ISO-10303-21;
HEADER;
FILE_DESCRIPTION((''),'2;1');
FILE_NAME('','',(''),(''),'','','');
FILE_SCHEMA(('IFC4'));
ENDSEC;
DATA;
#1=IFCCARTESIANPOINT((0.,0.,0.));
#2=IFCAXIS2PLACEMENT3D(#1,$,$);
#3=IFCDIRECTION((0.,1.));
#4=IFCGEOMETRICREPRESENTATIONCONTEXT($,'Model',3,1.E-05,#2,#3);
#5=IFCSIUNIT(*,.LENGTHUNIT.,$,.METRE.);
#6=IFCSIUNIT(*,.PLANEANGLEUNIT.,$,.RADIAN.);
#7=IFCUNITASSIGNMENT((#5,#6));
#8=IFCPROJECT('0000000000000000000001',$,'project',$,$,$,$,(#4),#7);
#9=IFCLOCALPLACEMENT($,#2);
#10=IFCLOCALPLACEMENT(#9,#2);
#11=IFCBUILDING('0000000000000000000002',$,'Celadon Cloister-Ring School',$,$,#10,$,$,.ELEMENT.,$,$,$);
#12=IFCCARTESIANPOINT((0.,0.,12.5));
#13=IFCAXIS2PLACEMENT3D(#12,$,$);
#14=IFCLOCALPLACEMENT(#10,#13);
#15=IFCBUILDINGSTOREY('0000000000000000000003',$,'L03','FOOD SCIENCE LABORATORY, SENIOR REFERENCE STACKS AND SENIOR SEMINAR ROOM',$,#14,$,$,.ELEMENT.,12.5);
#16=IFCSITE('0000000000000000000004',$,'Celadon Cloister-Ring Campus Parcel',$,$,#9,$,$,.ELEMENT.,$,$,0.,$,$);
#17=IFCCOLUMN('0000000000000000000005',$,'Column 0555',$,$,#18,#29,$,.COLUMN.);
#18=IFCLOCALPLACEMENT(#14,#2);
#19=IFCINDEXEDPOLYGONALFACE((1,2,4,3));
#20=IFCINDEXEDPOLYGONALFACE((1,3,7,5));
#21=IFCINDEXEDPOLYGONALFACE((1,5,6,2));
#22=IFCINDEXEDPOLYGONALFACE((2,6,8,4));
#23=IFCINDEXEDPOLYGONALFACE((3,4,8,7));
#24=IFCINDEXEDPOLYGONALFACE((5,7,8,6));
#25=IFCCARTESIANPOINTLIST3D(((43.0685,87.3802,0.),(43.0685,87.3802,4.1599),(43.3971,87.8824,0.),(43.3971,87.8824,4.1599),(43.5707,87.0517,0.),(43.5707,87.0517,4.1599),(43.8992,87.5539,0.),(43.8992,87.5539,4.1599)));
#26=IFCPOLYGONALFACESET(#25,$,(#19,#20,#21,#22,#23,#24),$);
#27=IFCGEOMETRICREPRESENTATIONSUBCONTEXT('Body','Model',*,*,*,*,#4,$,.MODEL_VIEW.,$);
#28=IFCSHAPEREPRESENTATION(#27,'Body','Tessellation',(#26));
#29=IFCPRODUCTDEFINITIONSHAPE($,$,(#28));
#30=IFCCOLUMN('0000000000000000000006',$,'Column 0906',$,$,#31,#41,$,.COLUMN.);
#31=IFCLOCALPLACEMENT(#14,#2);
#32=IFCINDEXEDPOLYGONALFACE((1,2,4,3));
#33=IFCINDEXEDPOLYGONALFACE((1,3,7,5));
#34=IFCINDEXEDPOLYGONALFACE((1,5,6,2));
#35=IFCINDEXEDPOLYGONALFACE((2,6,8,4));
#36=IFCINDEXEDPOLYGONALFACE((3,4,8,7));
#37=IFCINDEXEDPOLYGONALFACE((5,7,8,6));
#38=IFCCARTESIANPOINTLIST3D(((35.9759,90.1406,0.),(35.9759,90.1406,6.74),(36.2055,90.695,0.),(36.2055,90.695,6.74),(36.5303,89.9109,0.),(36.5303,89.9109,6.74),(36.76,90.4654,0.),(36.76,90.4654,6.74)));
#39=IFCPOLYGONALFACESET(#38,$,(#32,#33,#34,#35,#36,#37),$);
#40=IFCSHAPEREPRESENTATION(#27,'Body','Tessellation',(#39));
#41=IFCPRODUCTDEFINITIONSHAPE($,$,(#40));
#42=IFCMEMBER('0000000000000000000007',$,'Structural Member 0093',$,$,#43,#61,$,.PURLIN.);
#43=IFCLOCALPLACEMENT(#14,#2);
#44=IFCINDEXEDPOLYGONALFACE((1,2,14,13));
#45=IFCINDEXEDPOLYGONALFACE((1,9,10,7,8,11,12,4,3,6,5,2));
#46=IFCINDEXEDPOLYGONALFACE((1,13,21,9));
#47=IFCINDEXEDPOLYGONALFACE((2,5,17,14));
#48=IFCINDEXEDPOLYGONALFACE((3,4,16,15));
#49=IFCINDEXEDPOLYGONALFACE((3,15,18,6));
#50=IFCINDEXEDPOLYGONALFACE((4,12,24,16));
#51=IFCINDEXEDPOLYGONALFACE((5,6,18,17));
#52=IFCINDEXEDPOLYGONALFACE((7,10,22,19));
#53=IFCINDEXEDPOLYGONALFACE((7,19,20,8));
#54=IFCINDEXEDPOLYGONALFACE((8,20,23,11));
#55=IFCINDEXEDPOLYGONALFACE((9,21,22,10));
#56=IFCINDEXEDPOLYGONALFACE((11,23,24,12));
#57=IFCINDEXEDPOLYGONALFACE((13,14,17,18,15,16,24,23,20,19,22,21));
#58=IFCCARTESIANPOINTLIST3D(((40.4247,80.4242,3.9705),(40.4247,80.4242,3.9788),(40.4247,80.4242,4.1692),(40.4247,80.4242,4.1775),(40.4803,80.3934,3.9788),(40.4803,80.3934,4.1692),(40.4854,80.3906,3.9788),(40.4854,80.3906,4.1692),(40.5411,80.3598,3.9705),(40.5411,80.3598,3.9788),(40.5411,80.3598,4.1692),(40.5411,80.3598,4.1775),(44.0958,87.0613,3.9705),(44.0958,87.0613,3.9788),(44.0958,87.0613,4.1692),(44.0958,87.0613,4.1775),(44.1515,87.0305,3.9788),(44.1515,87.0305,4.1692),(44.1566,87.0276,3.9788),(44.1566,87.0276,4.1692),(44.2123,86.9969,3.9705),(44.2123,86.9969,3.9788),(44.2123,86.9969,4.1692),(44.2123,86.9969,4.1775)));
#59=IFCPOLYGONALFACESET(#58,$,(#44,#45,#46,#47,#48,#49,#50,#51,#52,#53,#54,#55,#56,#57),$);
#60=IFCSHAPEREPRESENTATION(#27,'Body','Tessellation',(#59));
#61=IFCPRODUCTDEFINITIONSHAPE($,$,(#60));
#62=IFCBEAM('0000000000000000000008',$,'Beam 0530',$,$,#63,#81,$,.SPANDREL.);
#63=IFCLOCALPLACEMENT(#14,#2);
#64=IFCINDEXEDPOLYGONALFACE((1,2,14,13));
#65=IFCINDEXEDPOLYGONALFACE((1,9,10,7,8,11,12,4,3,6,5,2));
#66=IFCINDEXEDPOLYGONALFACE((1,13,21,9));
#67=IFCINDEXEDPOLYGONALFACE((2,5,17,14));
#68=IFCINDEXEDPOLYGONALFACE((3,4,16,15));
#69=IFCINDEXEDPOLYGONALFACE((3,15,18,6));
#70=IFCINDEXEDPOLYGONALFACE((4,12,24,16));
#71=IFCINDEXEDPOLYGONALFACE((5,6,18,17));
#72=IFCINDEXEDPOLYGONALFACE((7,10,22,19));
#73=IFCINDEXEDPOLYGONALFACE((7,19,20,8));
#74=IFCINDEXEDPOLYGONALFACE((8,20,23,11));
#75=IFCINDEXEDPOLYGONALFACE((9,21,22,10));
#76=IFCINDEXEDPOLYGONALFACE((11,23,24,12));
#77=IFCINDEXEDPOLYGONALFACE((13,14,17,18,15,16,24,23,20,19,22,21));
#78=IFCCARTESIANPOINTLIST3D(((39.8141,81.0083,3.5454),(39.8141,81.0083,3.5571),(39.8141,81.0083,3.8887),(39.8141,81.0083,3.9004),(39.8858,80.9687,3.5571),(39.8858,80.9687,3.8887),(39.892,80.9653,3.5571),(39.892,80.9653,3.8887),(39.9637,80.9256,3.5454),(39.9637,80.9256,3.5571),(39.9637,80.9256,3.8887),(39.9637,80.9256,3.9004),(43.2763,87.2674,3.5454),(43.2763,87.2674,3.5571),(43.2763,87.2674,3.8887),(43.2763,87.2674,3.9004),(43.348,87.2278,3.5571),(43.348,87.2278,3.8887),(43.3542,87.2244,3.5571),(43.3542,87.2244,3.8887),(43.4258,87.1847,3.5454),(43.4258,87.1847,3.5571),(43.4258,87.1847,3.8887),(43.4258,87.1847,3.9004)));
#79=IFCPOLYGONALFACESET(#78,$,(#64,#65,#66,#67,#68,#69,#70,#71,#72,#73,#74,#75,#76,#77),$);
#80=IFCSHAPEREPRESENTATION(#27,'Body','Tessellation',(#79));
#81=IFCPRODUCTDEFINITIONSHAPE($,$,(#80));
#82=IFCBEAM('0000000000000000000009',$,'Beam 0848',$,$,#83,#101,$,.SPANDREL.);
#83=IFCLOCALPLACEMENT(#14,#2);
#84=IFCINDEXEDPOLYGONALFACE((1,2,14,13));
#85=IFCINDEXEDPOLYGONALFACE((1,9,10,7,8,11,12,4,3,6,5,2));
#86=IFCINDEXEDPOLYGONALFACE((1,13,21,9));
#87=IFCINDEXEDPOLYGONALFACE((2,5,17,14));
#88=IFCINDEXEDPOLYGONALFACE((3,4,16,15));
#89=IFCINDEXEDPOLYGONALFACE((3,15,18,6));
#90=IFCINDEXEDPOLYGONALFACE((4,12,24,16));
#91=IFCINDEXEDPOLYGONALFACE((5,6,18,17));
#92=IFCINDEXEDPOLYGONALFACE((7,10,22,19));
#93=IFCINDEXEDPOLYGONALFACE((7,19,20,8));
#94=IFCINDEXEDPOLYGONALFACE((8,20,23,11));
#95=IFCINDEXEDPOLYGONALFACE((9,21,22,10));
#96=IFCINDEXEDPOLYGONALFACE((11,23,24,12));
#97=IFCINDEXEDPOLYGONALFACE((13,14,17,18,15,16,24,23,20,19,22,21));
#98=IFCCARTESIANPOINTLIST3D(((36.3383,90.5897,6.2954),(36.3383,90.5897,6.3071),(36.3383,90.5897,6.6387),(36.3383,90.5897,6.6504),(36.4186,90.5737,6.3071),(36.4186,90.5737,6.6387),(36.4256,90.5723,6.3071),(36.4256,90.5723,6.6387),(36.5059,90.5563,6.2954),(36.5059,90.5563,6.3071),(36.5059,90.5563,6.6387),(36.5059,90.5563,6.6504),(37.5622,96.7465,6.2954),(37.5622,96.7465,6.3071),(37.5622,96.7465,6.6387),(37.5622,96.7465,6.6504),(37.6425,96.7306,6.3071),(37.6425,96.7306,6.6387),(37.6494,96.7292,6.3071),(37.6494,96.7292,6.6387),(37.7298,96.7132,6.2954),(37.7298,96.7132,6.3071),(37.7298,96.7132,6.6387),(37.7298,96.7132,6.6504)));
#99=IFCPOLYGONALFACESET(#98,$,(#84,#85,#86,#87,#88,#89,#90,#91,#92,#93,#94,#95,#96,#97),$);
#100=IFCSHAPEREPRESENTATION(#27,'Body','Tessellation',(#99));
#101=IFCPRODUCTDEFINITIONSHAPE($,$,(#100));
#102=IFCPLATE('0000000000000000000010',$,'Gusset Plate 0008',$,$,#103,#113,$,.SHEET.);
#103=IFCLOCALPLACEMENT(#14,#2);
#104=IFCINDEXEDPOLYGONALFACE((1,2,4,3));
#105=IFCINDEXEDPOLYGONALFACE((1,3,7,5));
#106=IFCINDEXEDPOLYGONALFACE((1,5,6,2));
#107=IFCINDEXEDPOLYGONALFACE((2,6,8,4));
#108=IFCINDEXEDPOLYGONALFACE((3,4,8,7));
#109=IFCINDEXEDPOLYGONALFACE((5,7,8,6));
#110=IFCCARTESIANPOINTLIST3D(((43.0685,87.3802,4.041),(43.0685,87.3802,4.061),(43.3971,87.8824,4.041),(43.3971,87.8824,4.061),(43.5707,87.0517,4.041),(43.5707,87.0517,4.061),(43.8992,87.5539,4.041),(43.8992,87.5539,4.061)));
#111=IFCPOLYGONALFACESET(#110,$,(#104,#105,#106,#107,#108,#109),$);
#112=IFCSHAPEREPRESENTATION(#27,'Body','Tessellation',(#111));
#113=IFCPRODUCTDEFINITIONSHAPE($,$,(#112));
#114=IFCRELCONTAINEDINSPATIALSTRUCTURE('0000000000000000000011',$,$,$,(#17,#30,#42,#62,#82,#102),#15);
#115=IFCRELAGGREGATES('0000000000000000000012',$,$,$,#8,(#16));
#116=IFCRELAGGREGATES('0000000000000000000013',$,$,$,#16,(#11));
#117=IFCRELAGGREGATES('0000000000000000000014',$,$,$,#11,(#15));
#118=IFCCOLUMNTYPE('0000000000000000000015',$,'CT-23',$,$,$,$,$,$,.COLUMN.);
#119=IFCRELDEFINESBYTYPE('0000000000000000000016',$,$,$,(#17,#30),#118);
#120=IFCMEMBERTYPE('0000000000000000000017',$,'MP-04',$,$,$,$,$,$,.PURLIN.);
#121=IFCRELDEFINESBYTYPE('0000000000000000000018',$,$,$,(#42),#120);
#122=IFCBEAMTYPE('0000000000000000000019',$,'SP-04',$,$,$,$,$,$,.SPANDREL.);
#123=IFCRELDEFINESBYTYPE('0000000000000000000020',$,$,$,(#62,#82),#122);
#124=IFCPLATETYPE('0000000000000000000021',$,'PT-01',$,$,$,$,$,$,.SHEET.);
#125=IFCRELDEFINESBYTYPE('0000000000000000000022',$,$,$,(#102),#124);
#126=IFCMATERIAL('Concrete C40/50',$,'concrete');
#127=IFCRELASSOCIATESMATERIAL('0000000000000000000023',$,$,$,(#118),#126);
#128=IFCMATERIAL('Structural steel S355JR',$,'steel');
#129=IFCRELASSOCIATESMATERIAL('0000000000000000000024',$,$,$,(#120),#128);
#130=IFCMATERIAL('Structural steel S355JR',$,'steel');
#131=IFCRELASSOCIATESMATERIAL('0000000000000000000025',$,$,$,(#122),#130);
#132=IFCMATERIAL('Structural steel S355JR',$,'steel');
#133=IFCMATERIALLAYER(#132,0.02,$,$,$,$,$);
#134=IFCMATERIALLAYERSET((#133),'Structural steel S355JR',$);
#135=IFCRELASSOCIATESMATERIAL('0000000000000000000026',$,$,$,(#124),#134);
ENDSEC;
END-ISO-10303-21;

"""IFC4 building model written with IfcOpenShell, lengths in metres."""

from ifc_helpers import new_model, si_unit, direction, frame, origin, origin_2d, place, context, subcontext, project, spatial, rectangle, i_section, extrude, material, layer, layer_set, material_profile, profile_set, type_object, element, save


model = new_model("IFC4")

# Units and contexts
model_context = context("Model", 3, precision=1e-05, world=origin(), true_north=direction((0.0, 1.0)))
body_context = subcontext(model_context, "Body", "Model", "MODEL_VIEW")
ifc_project = project(units=[si_unit("LENGTHUNIT", "METRE"), si_unit("PLANEANGLEUNIT", "RADIAN")], contexts=[model_context])

# Site, building, storey
site_placement = place(None, origin())
site = spatial("IfcSite", under=ifc_project, at=site_placement, Name="Celadon Cloister-Ring Campus Parcel", CompositionType="ELEMENT", RefElevation=0.0)
building_placement = place(site_placement, origin())
building = spatial("IfcBuilding", under=site, at=building_placement, Name="Celadon Cloister-Ring School", CompositionType="ELEMENT")
storey_placement = place(building_placement, frame((0.0, 0.0, 12.5)))
storey = spatial("IfcBuildingStorey", under=building, at=storey_placement, Name="L03", Description="FOOD SCIENCE LABORATORY, SENIOR REFERENCE STACKS AND SENIOR SEMINAR ROOM", CompositionType="ELEMENT", Elevation=12.5)

# Columns
ifc_material_1 = material(Name="Concrete C40/50", Category="concrete")
ifc_material_profile_1 = material_profile(ifc_material_1, rectangle(XDim=0.6001, YDim=0.6001, at=origin_2d()), Name="RC600X600")
ifc_profile_set_1 = profile_set([ifc_material_profile_1], Name="Concrete C40/50")
column_type = type_object("IfcColumnType", Name="CT-23", PredefinedType="COLUMN", material=ifc_profile_set_1)
column_1_placement = place(storey_placement, frame((43.4839, 87.467, 0.0), z_axis=(0.0, 0.0, 1.0), x_axis=(-0.836841, 0.547446, 0.0)))
element("IfcColumn", 1, at=column_1_placement, inside=storey, type_object=column_type, Name="Column 0555", PredefinedType="COLUMN", context=body_context, shape_type="SweptSolid", body=[
    extrude(rectangle(XDim=0.6001, YDim=0.6001, at=origin_2d()), origin(), (0.0, 0.0, 1.0), 4.1599),
])
column_2_placement = place(storey_placement, frame((36.3679, 90.303, 0.0), z_axis=(0.0, 0.0, 1.0), x_axis=(0.92388, -0.382683, 0.0)))
element("IfcColumn", 2, at=column_2_placement, inside=storey, type_object=column_type, Name="Column 0906", PredefinedType="COLUMN", context=body_context, shape_type="SweptSolid", body=[
    extrude(rectangle(XDim=0.6001, YDim=0.6001, at=origin_2d()), origin(), (0.0, 0.0, 1.0), 6.74),
])

# Member
ifc_material_2 = material(Name="Structural steel S355JR", Category="steel")
ifc_material_profile_2 = material_profile(ifc_material_2, i_section(OverallWidth=0.1331, OverallDepth=0.207, WebThickness=0.0059, FlangeThickness=0.0083, at=origin_2d()), Name="W200X27")
ifc_profile_set_2 = profile_set([ifc_material_profile_2], Name="Structural steel S355JR")
member_type = type_object("IfcMemberType", Name="MP-04", PredefinedType="PURLIN", material=ifc_profile_set_2)
member_placement = place(storey_placement, frame((44.1541, 87.0291, 4.074), z_axis=(-0.484024, -0.875055, 0.0), x_axis=(0.875055, -0.484024, 0.0)))
element("IfcMember", 3, at=member_placement, inside=storey, type_object=member_type, Name="Structural Member 0093", PredefinedType="PURLIN", context=body_context, shape_type="SweptSolid", body=[
    extrude(i_section(OverallWidth=0.1331, OverallDepth=0.207, WebThickness=0.0059, FlangeThickness=0.0083, at=origin_2d()), origin(), (0.0, 0.0, 1.0), 7.5847),
])

# Beams
ifc_material_3 = material(Name="Structural steel S355JR", Category="steel")
ifc_material_profile_3 = material_profile(ifc_material_3, i_section(OverallWidth=0.1709, OverallDepth=0.355, WebThickness=0.0071, FlangeThickness=0.0117, at=origin_2d()), Name="W360X51")
ifc_profile_set_3 = profile_set([ifc_material_profile_3], Name="Structural steel S355JR")
beam_type = type_object("IfcBeamType", Name="SP-04", PredefinedType="SPANDREL", material=ifc_profile_set_3)
beam_1_placement = place(storey_placement, frame((43.3511, 87.2261, 3.7229), z_axis=(-0.484031, -0.875051, 0.0), x_axis=(0.875051, -0.484031, 0.0)))
element("IfcBeam", 4, at=beam_1_placement, inside=storey, type_object=beam_type, Name="Beam 0530", PredefinedType="SPANDREL", context=body_context, shape_type="SweptSolid", body=[
    extrude(i_section(OverallWidth=0.1709, OverallDepth=0.355, WebThickness=0.0071, FlangeThickness=0.0117, at=origin_2d()), origin(), (0.0, 0.0, 1.0), 7.1528),
])
beam_2_placement = place(storey_placement, frame((36.4221, 90.573, 6.4729), z_axis=(0.194964, 0.98081, 0.0), x_axis=(-0.98081, 0.194964, 0.0)))
element("IfcBeam", 5, at=beam_2_placement, inside=storey, type_object=beam_type, Name="Beam 0848", PredefinedType="SPANDREL", context=body_context, shape_type="SweptSolid", body=[
    extrude(i_section(OverallWidth=0.1709, OverallDepth=0.355, WebThickness=0.0071, FlangeThickness=0.0117, at=origin_2d()), origin(), (0.0, 0.0, 1.0), 6.2773),
])

# Plate
ifc_material_4 = material(Name="Structural steel S355JR", Category="steel")
ifc_layer_1 = layer(ifc_material_4, 0.02)
ifc_layer_set_1 = layer_set([ifc_layer_1], Name="Structural steel S355JR")
plate_type = type_object("IfcPlateType", Name="PT-01", PredefinedType="SHEET", material=ifc_layer_set_1)
plate_placement = place(storey_placement, frame((43.4839, 87.467, 4.041), z_axis=(0.0, 0.0, 1.0), x_axis=(-0.836841, 0.547446, 0.0)))
element("IfcPlate", 6, at=plate_placement, inside=storey, type_object=plate_type, Name="Gusset Plate 0008", PredefinedType="SHEET", context=body_context, shape_type="SweptSolid", body=[
    extrude(rectangle(XDim=0.6001, YDim=0.6001, at=origin_2d()), origin(), (0.0, 0.0, 1.0), 0.02),
])

save(model, "model.ifc")
